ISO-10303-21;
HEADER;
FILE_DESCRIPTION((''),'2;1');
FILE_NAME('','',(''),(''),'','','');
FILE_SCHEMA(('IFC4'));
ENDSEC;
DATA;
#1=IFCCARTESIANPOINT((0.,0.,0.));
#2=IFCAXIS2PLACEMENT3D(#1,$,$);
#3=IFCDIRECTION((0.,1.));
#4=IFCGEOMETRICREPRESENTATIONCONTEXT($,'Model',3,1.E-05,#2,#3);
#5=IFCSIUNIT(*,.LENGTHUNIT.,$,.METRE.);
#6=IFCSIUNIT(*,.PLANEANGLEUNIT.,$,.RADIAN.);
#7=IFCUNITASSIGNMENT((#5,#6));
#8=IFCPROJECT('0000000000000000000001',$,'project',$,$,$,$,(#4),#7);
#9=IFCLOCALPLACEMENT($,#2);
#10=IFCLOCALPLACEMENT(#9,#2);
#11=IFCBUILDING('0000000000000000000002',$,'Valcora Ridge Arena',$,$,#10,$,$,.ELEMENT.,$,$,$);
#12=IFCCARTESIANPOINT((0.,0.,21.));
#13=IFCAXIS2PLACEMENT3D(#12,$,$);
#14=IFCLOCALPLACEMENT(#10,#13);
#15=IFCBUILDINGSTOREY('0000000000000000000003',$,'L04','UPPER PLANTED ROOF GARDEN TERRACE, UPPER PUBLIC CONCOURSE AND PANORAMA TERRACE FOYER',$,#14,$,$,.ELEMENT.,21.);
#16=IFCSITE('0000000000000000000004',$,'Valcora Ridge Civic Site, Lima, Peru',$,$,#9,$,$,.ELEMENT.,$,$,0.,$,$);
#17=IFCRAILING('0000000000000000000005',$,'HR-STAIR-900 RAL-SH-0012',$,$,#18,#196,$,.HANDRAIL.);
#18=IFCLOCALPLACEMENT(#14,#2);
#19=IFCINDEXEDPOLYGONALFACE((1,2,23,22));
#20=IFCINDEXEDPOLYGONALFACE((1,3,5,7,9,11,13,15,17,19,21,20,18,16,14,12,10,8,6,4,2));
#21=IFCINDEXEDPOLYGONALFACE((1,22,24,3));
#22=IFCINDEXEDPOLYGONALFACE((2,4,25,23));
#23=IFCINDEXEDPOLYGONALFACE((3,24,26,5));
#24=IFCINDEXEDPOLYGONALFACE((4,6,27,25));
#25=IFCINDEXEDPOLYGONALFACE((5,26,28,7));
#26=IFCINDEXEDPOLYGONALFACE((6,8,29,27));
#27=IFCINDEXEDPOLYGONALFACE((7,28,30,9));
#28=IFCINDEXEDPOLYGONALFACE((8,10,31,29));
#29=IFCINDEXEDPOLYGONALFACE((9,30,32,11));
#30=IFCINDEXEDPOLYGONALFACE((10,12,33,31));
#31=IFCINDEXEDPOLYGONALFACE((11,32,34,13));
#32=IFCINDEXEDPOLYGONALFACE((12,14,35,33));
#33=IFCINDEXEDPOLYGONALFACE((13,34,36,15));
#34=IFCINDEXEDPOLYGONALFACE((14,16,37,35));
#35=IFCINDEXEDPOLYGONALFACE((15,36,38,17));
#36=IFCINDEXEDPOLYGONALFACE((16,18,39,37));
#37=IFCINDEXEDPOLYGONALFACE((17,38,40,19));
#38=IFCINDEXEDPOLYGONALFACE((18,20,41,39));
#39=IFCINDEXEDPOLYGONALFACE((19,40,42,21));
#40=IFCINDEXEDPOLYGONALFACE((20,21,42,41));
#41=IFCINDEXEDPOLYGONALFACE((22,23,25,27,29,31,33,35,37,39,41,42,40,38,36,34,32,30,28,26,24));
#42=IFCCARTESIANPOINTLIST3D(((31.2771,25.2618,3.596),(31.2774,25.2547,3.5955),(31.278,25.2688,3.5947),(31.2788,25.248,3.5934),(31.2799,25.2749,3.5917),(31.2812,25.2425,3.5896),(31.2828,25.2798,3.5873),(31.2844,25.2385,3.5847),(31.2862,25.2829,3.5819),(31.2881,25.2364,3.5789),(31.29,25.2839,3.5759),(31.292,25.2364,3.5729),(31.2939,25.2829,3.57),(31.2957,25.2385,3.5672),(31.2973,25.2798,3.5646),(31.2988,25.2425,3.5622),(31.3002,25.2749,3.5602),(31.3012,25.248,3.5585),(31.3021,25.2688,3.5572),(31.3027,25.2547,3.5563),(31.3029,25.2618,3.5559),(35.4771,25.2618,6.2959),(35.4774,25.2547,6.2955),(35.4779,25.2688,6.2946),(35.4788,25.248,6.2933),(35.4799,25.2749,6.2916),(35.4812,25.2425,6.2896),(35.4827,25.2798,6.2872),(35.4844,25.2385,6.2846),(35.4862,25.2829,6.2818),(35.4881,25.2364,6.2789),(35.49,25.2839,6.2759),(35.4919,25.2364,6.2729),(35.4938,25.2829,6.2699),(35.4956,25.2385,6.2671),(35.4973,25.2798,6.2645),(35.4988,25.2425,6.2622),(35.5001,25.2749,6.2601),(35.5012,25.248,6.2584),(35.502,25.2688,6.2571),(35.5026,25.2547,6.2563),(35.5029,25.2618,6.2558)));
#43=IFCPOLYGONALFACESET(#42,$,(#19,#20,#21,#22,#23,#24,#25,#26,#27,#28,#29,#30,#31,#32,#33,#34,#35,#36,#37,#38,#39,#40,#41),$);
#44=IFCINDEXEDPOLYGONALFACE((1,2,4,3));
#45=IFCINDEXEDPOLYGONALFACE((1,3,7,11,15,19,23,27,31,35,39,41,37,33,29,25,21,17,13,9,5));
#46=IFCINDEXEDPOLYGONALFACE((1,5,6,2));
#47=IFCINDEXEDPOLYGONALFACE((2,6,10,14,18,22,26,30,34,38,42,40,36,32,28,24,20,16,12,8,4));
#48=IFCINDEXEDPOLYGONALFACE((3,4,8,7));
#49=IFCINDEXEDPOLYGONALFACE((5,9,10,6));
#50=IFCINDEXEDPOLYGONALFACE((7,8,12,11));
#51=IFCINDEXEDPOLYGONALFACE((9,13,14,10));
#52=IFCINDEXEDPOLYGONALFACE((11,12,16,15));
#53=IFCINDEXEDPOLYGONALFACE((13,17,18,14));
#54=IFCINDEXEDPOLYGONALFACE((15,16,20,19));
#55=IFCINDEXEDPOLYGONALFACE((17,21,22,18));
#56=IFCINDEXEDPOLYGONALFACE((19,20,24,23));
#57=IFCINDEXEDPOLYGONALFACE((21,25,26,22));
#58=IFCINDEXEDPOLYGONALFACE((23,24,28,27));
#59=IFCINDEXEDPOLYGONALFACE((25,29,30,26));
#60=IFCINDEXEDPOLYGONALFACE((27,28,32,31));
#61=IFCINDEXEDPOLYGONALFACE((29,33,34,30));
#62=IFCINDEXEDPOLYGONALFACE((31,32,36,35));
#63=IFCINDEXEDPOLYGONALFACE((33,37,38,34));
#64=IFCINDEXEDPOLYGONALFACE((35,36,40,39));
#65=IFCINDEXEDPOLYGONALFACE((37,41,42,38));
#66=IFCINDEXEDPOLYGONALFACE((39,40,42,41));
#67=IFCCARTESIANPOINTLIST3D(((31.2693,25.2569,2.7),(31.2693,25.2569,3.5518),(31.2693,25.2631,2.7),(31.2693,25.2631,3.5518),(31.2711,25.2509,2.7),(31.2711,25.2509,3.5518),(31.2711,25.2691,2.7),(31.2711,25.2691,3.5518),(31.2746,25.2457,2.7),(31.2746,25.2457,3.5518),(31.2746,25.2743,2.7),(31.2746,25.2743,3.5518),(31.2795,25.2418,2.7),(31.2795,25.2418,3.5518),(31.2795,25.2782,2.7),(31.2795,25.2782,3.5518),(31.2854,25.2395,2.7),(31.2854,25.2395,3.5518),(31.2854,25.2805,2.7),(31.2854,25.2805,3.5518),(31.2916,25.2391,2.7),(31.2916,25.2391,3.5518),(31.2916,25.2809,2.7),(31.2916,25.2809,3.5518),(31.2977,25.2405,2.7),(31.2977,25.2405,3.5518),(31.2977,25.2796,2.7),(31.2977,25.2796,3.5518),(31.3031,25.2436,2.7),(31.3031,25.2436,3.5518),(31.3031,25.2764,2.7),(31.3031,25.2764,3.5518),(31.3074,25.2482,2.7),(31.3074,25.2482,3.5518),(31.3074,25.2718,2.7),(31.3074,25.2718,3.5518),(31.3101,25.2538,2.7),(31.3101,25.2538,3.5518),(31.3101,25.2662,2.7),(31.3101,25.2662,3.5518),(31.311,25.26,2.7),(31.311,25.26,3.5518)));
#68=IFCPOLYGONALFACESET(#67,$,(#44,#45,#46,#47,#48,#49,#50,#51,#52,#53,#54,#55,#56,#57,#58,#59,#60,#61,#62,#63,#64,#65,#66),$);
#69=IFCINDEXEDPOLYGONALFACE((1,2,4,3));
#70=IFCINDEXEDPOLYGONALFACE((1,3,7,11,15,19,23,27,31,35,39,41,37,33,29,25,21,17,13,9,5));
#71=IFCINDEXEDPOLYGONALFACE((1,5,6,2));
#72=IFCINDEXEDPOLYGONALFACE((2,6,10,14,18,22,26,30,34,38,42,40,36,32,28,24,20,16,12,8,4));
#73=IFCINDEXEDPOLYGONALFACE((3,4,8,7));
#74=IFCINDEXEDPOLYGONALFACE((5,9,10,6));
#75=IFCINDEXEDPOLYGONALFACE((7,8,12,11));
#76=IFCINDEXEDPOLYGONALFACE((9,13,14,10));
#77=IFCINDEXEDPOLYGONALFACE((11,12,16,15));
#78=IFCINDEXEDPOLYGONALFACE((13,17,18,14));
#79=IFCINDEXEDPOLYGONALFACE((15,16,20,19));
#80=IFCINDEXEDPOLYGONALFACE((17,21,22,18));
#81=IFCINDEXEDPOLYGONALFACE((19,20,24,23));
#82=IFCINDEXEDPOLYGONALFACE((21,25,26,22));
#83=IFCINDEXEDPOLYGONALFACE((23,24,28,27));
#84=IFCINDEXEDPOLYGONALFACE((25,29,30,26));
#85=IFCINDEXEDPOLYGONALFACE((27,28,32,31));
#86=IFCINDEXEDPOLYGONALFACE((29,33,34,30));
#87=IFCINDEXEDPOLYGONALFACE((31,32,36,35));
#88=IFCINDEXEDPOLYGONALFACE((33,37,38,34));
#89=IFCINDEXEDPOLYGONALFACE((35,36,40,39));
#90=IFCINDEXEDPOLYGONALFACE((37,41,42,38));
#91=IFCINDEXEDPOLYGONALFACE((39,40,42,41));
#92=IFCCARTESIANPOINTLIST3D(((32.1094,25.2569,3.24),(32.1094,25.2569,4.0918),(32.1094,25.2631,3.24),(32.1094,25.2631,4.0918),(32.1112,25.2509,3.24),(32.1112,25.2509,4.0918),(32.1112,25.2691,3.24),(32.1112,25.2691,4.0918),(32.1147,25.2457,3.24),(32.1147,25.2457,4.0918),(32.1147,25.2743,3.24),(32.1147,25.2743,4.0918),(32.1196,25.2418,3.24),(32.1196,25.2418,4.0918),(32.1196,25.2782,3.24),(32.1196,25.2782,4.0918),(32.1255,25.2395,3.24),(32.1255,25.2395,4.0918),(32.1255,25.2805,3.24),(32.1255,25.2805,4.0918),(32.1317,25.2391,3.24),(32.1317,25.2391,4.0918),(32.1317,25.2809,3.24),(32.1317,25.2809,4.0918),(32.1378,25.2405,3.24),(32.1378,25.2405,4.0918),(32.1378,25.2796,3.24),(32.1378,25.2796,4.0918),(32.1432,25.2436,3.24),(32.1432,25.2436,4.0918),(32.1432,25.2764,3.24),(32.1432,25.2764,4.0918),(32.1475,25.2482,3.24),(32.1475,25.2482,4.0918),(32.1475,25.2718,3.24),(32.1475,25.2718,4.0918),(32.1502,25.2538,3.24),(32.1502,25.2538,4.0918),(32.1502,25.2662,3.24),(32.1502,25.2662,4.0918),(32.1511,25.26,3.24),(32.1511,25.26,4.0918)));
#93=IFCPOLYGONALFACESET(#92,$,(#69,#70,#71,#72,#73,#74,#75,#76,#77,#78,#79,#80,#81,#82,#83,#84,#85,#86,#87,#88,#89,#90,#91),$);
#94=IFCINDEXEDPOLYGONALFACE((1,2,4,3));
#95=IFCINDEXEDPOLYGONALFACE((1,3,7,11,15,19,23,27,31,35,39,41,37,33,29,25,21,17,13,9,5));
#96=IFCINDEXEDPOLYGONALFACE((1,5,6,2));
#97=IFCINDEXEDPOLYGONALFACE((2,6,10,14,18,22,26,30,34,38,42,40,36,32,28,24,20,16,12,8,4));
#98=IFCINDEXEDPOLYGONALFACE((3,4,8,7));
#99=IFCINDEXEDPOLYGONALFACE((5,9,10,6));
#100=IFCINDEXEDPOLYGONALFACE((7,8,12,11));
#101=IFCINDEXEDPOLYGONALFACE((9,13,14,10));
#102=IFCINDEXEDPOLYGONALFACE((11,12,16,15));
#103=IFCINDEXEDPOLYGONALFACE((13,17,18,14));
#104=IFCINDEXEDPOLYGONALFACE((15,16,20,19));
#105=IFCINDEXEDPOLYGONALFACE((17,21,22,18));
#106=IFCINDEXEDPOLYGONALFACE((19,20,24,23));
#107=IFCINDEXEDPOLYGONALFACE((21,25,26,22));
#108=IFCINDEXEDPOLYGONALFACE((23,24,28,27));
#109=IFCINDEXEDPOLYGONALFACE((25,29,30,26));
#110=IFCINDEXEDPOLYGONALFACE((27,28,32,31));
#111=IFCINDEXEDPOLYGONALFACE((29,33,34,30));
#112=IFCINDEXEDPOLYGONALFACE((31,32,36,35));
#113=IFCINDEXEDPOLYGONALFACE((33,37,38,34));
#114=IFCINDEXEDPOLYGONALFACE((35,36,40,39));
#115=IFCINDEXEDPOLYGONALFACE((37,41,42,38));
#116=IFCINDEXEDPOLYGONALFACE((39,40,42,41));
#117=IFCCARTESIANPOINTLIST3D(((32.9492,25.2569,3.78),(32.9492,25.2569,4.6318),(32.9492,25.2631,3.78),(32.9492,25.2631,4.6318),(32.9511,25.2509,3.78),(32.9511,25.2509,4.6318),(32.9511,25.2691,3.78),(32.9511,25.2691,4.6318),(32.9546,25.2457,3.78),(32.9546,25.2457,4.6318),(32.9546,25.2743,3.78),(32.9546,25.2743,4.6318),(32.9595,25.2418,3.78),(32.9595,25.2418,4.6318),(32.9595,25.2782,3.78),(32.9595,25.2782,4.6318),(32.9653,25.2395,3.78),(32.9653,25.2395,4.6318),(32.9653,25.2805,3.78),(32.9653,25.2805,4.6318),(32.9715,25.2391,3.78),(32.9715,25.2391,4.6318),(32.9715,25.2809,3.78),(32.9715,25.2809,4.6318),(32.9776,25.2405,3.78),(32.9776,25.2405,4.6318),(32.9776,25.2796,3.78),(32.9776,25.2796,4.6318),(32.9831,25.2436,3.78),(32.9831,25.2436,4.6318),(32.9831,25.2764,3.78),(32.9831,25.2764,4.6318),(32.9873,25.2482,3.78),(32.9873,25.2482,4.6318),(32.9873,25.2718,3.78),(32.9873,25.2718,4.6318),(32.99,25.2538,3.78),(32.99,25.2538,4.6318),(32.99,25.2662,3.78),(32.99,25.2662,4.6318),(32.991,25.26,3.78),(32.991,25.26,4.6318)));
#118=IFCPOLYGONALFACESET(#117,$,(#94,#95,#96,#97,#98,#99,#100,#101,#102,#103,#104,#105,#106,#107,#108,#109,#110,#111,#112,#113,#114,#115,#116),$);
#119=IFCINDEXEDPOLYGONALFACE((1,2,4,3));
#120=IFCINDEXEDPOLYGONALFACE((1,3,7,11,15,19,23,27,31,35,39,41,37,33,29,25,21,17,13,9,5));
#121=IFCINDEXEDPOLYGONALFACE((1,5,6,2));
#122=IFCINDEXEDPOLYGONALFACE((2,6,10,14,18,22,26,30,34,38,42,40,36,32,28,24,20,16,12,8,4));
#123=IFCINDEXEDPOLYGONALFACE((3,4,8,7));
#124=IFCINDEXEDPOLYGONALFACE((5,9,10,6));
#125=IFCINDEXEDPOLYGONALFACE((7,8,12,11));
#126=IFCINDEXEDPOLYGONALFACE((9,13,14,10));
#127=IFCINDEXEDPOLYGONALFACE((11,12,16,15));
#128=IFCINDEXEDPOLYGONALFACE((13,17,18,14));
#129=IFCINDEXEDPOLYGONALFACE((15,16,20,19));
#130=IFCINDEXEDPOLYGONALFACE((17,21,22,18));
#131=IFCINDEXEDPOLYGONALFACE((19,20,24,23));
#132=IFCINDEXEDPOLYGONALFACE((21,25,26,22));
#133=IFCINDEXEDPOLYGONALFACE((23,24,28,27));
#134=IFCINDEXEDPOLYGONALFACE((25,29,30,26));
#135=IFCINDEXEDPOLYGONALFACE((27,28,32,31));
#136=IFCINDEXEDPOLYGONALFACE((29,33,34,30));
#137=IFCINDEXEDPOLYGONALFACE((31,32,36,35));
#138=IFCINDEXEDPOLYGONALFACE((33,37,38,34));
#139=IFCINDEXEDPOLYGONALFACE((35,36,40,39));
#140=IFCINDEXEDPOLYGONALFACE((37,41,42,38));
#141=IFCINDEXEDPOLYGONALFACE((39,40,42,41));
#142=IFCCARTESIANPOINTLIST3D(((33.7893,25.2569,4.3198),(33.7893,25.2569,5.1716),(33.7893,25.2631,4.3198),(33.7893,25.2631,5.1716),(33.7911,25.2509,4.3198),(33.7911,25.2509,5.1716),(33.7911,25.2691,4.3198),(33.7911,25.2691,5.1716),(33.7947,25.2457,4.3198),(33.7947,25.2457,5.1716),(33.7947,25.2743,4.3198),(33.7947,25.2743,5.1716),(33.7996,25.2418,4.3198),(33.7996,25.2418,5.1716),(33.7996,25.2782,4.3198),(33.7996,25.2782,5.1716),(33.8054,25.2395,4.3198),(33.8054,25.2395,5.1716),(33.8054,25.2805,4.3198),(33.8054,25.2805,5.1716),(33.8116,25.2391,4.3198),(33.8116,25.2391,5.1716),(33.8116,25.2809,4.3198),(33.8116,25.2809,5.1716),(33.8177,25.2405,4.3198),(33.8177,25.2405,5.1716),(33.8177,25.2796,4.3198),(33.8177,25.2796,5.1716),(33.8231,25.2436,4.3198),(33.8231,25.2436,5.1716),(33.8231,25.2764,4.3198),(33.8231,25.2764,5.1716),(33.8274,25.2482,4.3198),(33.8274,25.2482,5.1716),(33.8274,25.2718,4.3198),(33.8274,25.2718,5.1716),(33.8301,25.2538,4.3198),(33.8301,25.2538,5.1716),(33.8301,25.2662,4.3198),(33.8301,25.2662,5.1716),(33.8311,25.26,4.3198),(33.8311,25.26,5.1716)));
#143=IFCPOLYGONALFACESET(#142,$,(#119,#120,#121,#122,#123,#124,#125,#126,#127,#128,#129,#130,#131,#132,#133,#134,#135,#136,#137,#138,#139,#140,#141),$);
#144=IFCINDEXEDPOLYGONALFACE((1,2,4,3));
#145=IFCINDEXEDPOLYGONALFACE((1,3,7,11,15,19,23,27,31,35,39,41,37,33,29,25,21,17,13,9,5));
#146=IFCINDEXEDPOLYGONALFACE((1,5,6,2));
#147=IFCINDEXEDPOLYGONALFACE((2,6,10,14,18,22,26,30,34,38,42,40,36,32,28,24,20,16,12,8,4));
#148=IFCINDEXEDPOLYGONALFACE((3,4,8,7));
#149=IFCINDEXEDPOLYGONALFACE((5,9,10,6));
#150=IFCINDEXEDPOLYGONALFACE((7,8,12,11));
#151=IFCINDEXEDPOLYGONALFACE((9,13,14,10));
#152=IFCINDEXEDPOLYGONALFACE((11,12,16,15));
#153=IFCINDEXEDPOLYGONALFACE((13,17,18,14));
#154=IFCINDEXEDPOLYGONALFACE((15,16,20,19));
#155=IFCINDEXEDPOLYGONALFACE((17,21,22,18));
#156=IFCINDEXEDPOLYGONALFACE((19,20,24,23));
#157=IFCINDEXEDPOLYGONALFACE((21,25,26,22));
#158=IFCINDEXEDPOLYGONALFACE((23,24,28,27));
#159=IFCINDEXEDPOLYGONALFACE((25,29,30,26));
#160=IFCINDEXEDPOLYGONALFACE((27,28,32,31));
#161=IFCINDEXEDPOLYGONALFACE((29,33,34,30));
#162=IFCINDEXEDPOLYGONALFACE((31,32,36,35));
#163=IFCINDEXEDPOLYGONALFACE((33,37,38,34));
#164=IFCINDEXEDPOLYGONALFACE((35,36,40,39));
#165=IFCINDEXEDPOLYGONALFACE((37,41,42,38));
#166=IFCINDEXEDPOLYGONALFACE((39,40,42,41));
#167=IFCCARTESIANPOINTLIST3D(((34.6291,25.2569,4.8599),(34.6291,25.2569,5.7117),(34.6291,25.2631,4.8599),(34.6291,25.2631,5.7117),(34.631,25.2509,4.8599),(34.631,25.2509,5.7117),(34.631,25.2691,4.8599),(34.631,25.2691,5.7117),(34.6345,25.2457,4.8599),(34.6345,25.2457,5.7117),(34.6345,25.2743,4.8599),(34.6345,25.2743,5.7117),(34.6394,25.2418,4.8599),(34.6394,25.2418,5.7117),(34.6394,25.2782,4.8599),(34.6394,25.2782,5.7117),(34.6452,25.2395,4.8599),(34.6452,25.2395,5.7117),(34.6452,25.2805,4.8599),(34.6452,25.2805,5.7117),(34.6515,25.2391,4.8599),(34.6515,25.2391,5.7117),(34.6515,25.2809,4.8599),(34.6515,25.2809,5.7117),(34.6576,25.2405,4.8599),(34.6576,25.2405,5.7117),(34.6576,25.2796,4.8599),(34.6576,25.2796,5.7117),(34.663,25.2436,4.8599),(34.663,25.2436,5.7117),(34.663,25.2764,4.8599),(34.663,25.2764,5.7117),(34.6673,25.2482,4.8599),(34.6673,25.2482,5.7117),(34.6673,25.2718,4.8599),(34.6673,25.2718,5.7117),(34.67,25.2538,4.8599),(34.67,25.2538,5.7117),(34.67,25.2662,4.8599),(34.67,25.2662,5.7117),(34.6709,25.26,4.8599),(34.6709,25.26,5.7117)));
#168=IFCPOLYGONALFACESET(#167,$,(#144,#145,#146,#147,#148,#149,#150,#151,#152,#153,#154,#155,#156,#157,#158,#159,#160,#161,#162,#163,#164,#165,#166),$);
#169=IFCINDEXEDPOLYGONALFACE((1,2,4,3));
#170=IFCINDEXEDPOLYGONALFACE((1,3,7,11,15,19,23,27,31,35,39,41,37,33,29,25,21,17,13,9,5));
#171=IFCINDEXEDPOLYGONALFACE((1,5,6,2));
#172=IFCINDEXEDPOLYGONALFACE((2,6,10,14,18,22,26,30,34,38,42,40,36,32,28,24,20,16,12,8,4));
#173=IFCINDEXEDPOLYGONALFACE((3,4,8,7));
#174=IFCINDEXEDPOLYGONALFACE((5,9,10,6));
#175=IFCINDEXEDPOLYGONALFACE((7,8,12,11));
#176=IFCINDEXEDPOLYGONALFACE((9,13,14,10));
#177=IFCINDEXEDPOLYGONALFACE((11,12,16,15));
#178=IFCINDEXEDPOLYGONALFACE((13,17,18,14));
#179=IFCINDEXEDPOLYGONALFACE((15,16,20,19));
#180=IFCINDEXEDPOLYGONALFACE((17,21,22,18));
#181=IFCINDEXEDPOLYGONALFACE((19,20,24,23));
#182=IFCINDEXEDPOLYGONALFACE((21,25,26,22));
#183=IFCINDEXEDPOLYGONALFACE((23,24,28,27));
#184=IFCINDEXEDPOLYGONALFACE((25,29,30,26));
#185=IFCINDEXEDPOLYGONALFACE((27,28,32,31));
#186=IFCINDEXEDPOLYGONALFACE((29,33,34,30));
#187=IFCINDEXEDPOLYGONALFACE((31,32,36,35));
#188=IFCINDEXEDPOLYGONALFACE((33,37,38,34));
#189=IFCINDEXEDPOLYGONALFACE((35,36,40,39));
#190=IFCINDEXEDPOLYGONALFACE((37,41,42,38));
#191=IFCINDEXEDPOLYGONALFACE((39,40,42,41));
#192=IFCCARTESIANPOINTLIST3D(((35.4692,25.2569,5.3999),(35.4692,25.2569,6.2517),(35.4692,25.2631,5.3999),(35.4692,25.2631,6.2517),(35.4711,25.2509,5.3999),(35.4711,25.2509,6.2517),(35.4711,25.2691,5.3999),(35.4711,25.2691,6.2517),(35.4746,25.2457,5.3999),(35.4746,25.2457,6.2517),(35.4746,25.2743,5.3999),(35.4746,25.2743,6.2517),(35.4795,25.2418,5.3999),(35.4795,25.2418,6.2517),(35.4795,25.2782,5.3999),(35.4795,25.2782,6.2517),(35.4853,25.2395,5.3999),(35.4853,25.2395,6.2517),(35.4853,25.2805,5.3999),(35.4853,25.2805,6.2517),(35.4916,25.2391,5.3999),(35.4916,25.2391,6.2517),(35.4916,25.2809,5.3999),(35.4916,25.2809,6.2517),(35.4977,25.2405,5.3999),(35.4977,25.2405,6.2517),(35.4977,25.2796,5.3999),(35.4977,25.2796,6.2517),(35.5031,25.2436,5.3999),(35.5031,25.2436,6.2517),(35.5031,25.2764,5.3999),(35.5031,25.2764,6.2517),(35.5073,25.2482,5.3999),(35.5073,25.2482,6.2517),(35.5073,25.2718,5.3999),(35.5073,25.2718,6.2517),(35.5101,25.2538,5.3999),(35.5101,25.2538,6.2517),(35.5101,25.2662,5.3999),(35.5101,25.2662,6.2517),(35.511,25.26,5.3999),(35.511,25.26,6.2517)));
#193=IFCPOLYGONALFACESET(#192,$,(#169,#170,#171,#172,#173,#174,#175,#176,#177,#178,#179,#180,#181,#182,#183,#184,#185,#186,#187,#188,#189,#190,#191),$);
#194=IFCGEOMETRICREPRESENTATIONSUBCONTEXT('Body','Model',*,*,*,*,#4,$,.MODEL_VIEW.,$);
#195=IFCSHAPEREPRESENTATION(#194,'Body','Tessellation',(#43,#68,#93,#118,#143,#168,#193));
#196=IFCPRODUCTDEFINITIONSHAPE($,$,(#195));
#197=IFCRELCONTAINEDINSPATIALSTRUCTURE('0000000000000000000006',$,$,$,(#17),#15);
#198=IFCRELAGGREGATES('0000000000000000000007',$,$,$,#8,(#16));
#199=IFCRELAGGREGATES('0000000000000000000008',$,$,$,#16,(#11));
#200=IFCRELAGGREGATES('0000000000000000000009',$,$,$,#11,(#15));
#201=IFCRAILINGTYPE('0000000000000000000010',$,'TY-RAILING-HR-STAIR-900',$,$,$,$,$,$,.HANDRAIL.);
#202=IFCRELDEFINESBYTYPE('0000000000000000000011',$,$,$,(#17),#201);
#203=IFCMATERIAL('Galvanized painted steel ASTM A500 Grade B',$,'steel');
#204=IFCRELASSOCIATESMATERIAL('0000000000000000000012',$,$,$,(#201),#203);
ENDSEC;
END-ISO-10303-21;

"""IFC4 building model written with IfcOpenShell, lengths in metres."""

from ifc_helpers import new_model, si_unit, direction, frame, origin, origin_2d, place, context, subcontext, project, spatial, circle, extrude, material, type_object, element, save


model = new_model("IFC4")

# Units and contexts
model_context = context("Model", 3, precision=1e-05, world=origin(), true_north=direction((0.0, 1.0)))
body_context = subcontext(model_context, "Body", "Model", "MODEL_VIEW")
ifc_project = project(units=[si_unit("LENGTHUNIT", "METRE"), si_unit("PLANEANGLEUNIT", "RADIAN")], contexts=[model_context])

# Site, building, storey
site_placement = place(None, origin())
site = spatial("IfcSite", under=ifc_project, at=site_placement, Name="Valcora Ridge Civic Site, Lima, Peru", CompositionType="ELEMENT", RefElevation=0.0)
building_placement = place(site_placement, origin())
building = spatial("IfcBuilding", under=site, at=building_placement, Name="Valcora Ridge Arena", CompositionType="ELEMENT")
storey_placement = place(building_placement, frame((0.0, 0.0, 21.0)))
storey = spatial("IfcBuildingStorey", under=building, at=storey_placement, Name="L04", Description="UPPER PLANTED ROOF GARDEN TERRACE, UPPER PUBLIC CONCOURSE AND PANORAMA TERRACE FOYER", CompositionType="ELEMENT", Elevation=21.0)

# Railing
ifc_material_1 = material(Name="Galvanized painted steel ASTM A500 Grade B", Category="steel")
railing_type = type_object("IfcRailingType", Name="TY-RAILING-HR-STAIR-900", PredefinedType="HANDRAIL", material=ifc_material_1)
railing_placement = place(storey_placement, frame((31.29, 25.26, 2.7)))
element("IfcRailing", 1, at=railing_placement, inside=storey, type_object=railing_type, Name="HR-STAIR-900 RAL-SH-0012", PredefinedType="HANDRAIL", context=body_context, shape_type="SweptSolid", body=[
    extrude(circle(Radius=0.0239, at=origin_2d()), frame((0.0, 0.0, 0.876), z_axis=(0.84118, 0.0, 0.540755), x_axis=(0.0, 1.0, 0.0)), (0.0, 0.0, 1.0), 4.9929),
    extrude(circle(Radius=0.021, at=origin_2d()), origin(), (0.0, 0.0, 1.0), 0.8518),
    extrude(circle(Radius=0.021, at=origin_2d()), frame((0.8401, 0.0, 0.54)), (0.0, 0.0, 1.0), 0.8518),
    extrude(circle(Radius=0.021, at=origin_2d()), frame((1.6799, 0.0, 1.0801)), (0.0, 0.0, 1.0), 0.8518),
    extrude(circle(Radius=0.021, at=origin_2d()), frame((2.52, 0.0, 1.6199)), (0.0, 0.0, 1.0), 0.8518),
    extrude(circle(Radius=0.021, at=origin_2d()), frame((3.3599, 0.0, 2.1599)), (0.0, 0.0, 1.0), 0.8518),
    extrude(circle(Radius=0.021, at=origin_2d()), frame((4.2, 0.0, 2.7)), (0.0, 0.0, 1.0), 0.8518),
])

save(model, "model.ifc")
